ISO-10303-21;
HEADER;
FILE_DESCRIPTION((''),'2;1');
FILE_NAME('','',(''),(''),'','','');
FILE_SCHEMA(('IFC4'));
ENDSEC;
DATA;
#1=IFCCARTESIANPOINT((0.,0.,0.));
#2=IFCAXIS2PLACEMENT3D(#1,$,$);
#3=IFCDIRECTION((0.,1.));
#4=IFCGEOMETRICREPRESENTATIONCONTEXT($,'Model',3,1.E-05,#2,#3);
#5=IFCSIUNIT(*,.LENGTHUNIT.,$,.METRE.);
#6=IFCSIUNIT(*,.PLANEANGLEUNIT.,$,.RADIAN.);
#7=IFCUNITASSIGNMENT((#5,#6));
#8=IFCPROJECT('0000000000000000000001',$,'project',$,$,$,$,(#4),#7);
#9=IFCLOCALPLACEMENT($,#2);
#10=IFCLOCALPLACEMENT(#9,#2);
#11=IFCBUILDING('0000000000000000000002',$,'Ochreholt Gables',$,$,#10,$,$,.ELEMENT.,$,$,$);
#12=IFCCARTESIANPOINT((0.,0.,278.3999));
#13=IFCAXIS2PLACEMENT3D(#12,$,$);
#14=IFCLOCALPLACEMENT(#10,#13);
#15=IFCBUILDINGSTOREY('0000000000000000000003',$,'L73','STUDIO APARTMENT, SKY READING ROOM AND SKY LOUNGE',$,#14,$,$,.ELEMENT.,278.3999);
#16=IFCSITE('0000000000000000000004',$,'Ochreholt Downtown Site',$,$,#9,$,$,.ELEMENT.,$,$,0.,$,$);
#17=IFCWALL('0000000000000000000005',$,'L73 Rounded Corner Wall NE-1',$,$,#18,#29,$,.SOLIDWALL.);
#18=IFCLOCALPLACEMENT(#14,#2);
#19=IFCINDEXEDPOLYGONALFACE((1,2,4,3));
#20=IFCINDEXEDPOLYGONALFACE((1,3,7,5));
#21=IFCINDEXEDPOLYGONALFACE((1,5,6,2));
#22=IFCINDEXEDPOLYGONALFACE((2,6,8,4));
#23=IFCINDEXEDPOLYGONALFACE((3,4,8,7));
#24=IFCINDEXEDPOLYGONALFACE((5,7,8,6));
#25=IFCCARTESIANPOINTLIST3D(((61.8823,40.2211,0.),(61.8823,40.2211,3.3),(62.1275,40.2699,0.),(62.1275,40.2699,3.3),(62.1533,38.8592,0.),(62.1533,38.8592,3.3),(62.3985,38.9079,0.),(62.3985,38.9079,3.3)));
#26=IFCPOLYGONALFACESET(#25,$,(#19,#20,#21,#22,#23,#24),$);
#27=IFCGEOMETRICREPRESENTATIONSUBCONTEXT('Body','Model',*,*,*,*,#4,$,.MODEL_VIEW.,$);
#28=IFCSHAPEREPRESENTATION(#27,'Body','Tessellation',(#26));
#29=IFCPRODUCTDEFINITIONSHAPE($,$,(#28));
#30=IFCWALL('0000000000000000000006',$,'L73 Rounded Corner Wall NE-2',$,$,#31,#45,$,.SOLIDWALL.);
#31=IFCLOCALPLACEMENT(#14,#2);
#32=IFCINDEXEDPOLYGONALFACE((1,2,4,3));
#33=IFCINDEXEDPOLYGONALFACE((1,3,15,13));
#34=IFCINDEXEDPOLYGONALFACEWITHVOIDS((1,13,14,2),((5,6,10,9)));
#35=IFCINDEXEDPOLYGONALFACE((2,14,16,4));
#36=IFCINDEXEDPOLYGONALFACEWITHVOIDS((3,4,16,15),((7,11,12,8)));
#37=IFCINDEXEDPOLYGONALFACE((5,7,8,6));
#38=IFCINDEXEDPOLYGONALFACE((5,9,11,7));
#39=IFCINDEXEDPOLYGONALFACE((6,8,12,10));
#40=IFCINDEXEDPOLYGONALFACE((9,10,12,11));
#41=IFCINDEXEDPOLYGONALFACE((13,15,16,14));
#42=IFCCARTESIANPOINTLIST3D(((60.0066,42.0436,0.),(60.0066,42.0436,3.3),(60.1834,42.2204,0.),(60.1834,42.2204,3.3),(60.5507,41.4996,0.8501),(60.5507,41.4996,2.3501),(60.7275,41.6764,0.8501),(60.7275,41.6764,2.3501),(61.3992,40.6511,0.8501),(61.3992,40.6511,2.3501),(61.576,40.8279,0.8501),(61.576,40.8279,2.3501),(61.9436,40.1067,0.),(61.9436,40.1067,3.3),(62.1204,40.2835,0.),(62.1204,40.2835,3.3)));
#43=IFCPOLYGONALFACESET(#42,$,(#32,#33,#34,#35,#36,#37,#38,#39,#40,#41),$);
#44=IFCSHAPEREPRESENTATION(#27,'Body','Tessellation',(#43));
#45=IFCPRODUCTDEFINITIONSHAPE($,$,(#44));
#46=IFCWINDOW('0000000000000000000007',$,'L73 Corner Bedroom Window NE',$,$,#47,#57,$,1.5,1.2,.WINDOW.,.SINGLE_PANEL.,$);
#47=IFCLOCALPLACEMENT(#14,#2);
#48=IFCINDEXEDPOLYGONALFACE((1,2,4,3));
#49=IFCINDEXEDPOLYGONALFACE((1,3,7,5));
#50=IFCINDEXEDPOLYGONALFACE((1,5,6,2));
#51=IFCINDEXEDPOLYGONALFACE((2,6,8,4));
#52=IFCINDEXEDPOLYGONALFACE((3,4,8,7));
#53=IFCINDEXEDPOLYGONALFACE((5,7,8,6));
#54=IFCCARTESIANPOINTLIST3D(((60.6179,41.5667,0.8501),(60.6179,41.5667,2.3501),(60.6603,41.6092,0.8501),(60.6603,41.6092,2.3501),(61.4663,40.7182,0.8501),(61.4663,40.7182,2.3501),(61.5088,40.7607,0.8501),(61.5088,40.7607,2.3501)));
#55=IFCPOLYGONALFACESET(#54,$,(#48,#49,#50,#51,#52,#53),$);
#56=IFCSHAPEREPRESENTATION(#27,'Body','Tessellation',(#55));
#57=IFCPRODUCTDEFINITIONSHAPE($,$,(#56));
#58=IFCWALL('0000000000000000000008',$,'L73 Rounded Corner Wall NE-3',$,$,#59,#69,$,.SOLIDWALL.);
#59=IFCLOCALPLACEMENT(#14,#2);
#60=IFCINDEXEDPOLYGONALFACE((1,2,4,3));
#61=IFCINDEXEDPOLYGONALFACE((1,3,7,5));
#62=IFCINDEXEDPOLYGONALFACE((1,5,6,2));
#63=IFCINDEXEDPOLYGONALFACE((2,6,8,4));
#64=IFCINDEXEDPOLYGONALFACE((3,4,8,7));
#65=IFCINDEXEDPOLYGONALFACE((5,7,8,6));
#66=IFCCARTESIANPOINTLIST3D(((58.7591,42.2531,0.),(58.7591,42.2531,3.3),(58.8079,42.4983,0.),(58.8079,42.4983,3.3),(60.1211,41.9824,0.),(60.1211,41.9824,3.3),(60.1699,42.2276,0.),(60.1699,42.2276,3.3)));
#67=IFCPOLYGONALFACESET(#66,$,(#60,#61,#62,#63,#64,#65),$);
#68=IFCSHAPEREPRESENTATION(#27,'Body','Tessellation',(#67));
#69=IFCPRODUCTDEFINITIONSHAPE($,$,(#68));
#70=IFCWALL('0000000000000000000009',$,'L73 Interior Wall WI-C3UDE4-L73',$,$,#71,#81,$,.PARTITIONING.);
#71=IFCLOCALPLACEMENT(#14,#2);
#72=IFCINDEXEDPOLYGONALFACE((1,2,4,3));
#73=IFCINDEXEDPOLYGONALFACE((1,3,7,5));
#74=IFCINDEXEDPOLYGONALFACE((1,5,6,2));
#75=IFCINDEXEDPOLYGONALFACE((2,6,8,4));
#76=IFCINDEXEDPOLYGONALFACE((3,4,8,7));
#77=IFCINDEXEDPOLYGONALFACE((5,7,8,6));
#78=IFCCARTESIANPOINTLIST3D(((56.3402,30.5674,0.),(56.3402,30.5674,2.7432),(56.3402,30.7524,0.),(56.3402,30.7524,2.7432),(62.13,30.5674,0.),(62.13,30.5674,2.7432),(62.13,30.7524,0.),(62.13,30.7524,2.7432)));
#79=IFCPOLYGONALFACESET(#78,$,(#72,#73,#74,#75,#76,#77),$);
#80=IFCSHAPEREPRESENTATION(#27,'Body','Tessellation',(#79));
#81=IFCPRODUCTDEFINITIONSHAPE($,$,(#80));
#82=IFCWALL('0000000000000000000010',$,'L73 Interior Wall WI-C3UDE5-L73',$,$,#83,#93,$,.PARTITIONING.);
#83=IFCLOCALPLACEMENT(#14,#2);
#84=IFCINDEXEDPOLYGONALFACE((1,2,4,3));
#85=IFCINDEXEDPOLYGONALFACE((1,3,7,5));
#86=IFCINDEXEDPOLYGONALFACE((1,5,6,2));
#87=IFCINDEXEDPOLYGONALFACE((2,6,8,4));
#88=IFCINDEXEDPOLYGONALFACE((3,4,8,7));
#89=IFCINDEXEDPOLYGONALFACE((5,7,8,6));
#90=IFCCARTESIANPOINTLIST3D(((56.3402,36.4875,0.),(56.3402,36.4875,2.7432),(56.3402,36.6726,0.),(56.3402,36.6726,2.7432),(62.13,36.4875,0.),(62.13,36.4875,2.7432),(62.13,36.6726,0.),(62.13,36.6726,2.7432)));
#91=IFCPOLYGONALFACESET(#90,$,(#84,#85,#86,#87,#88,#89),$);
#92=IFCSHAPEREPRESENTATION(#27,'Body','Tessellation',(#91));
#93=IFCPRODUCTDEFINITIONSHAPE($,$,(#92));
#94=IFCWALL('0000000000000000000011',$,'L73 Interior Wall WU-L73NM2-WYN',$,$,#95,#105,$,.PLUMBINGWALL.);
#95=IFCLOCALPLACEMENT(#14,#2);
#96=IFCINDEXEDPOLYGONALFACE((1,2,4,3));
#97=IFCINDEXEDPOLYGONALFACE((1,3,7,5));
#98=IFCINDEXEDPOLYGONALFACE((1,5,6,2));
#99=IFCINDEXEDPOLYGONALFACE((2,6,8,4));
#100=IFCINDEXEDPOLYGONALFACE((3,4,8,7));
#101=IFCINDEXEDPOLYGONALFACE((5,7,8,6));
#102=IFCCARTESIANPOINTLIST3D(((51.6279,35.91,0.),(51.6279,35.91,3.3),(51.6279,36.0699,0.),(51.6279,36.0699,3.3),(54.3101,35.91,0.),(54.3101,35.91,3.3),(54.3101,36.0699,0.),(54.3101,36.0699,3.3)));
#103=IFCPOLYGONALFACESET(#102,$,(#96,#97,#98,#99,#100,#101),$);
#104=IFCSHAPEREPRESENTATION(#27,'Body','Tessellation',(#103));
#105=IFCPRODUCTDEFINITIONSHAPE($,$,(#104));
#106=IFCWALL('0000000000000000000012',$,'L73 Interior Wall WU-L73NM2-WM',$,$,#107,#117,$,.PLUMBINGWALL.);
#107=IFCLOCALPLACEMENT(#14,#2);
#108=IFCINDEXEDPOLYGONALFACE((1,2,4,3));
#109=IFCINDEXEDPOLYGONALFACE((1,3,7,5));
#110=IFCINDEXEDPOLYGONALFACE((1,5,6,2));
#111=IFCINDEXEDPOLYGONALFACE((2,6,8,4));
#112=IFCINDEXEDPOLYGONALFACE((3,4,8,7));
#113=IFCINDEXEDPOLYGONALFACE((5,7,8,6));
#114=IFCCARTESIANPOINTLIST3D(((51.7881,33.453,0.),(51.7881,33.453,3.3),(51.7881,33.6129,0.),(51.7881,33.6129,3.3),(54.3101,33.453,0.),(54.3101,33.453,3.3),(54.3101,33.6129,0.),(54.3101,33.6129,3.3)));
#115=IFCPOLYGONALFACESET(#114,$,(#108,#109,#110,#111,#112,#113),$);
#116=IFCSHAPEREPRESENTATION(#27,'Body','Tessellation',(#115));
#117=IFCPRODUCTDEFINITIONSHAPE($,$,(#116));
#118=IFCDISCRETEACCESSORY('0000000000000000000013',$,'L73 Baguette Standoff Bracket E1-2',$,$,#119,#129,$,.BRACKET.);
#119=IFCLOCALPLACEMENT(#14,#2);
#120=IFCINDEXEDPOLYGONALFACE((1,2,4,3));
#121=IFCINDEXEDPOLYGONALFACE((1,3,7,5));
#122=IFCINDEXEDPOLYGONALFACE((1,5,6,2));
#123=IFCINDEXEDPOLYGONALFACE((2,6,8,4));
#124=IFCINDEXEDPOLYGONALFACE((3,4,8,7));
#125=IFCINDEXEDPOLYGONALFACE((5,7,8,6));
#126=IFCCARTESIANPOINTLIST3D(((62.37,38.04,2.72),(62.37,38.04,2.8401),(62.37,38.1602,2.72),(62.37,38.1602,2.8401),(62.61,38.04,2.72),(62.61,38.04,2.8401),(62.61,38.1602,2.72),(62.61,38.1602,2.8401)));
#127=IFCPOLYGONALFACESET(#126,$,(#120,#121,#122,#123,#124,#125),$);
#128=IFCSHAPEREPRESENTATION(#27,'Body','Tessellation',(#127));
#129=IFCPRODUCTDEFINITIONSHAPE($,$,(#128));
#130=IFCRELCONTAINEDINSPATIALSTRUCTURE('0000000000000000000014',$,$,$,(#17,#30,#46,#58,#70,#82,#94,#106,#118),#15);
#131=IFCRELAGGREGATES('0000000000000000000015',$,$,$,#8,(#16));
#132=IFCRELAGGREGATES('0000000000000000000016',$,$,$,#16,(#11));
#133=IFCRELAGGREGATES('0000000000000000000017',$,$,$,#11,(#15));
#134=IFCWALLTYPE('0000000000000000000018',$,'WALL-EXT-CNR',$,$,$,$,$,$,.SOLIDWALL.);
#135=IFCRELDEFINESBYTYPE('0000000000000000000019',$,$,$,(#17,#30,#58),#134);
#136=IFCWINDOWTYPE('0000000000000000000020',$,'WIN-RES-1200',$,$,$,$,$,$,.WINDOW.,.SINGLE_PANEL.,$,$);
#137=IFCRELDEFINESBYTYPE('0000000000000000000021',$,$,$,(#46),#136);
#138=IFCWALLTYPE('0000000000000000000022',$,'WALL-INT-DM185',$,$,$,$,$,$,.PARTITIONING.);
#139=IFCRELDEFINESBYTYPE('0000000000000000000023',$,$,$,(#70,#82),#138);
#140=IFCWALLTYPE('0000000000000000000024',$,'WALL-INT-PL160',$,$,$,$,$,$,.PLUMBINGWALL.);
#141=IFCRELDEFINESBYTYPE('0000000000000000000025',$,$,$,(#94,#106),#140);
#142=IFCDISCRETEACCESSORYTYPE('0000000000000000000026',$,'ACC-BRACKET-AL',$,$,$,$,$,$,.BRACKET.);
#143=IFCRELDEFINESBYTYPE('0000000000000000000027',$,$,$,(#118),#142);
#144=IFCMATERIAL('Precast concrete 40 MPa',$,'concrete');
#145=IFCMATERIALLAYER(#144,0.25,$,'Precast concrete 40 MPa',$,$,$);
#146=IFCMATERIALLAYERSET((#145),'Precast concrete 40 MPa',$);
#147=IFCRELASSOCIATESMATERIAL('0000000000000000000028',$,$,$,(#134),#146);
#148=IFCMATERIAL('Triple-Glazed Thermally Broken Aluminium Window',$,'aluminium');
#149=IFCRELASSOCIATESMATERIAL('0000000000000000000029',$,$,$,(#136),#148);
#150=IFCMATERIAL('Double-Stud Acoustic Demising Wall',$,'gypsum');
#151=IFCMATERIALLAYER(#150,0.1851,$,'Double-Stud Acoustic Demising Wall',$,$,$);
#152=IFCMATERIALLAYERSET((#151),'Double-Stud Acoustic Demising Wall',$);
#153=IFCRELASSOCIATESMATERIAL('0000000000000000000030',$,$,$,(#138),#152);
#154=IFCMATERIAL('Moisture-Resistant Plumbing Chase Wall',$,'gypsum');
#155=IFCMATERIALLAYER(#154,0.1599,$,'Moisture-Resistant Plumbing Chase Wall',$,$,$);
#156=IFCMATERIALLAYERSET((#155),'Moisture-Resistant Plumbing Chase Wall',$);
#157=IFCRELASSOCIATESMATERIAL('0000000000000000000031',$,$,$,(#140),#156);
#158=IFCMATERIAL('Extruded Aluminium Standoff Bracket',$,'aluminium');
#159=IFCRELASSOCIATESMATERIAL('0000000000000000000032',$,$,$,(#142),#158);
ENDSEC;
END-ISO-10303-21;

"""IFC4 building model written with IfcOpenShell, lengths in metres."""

from ifc_helpers import new_model, si_unit, direction, frame, frame_2d, origin, origin_2d, place, context, subcontext, project, spatial, rectangle, extrude, material, layer, layer_set, type_object, element, fill, save


model = new_model("IFC4")

# Units and contexts
model_context = context("Model", 3, precision=1e-05, world=origin(), true_north=direction((0.0, 1.0)))
body_context = subcontext(model_context, "Body", "Model", "MODEL_VIEW")
ifc_project = project(units=[si_unit("LENGTHUNIT", "METRE"), si_unit("PLANEANGLEUNIT", "RADIAN")], contexts=[model_context])

# Site, building, storey
site_placement = place(None, origin())
site = spatial("IfcSite", under=ifc_project, at=site_placement, Name="Ochreholt Downtown Site", CompositionType="ELEMENT", RefElevation=0.0)
building_placement = place(site_placement, origin())
building = spatial("IfcBuilding", under=site, at=building_placement, Name="Ochreholt Gables", CompositionType="ELEMENT")
storey_placement = place(building_placement, frame((0.0, 0.0, 278.3999)))
storey = spatial("IfcBuildingStorey", under=building, at=storey_placement, Name="L73", Description="STUDIO APARTMENT, SKY READING ROOM AND SKY LOUNGE", CompositionType="ELEMENT", Elevation=278.3999)

# Shared definitions
ifc_material_1 = material(Name="Precast concrete 40 MPa", Category="concrete")
ifc_material_2 = material(Name="Triple-Glazed Thermally Broken Aluminium Window", Category="aluminium")

# Wall
ifc_layer_1 = layer(ifc_material_1, 0.25, Name="Precast concrete 40 MPa")
ifc_layer_set_1 = layer_set([ifc_layer_1], Name="Precast concrete 40 MPa")
wall_type_1 = type_object("IfcWallType", Name="WALL-EXT-CNR", PredefinedType="SOLIDWALL", material=ifc_layer_set_1)
wall_1_placement = place(storey_placement, frame((62.2759, 38.8835, 0.0), z_axis=(0.0, 0.0, 1.0), x_axis=(-0.195136, 0.980776, 0.0)))
element("IfcWall", 1, at=wall_1_placement, inside=storey, type_object=wall_type_1, Name="L73 Rounded Corner Wall NE-1", PredefinedType="SOLIDWALL", context=body_context, shape_type="SweptSolid", body=[
    extrude(rectangle(XDim=1.3887, YDim=0.25, at=frame_2d((0.6943, 0.0))), origin(), (0.0, 0.0, 1.0), 3.3),
])

# Wall, opening, window
wall_2_placement = place(storey_placement, frame((62.032, 40.1951, 0.0), z_axis=(0.0, 0.0, 1.0), x_axis=(-0.707107, 0.707107, 0.0)))
wall_2 = element("IfcWall", 2, at=wall_2_placement, inside=storey, type_object=wall_type_1, Name="L73 Rounded Corner Wall NE-2", PredefinedType="SOLIDWALL", context=body_context, shape_type="SweptSolid", body=[
    extrude(rectangle(XDim=2.7393, YDim=0.25, at=frame_2d((1.3696, 0.0))), origin(), (0.0, 0.0, 1.0), 3.3),
])
opening_1_placement = place(wall_2_placement, frame((0.7698, 0.0, 0.8501)))
opening_1 = element("IfcOpeningElement", 3, at=opening_1_placement, cuts=wall_2, PredefinedType="OPENING", context=body_context, shape_type="SweptSolid", body=[
    extrude(rectangle(XDim=1.2, YDim=1.5, at=frame_2d((0.6001, 0.75))), frame((0.0, 0.135, 0.0), z_axis=(0.0, -1.0, 0.0), x_axis=(1.0, 0.0, 0.0)), (0.0, 0.0, 1.0), 0.27),
])
window_type_1 = type_object("IfcWindowType", Name="WIN-RES-1200", PartitioningType="SINGLE_PANEL", PredefinedType="WINDOW", material=ifc_material_2)
window_1_placement = place(opening_1_placement, origin())
window_1 = element("IfcWindow", 4, at=window_1_placement, inside=storey, type_object=window_type_1, Name="L73 Corner Bedroom Window NE", OverallHeight=1.5, OverallWidth=1.2, PartitioningType="SINGLE_PANEL", PredefinedType="WINDOW", context=body_context, shape_type="SweptSolid", body=[
    extrude(rectangle(XDim=1.2, YDim=1.5, at=frame_2d((0.6001, 0.75))), frame((0.0, 0.03, 0.0), z_axis=(0.0, -1.0, 0.0), x_axis=(1.0, 0.0, 0.0)), (0.0, 0.0, 1.0), 0.0601),
])
fill(opening_1, window_1)

# Walls
wall_3_placement = place(storey_placement, frame((60.1455, 42.105, 0.0), z_axis=(0.0, 0.0, 1.0), x_axis=(-0.98081, 0.194967, 0.0)))
element("IfcWall", 5, at=wall_3_placement, inside=storey, type_object=wall_type_1, Name="L73 Rounded Corner Wall NE-3", PredefinedType="SOLIDWALL", context=body_context, shape_type="SweptSolid", body=[
    extrude(rectangle(XDim=1.3887, YDim=0.25, at=frame_2d((0.6943, 0.0))), origin(), (0.0, 0.0, 1.0), 3.3),
])
ifc_material_3 = material(Name="Double-Stud Acoustic Demising Wall", Category="gypsum")
ifc_layer_2 = layer(ifc_material_3, 0.1851, Name="Double-Stud Acoustic Demising Wall")
ifc_layer_set_2 = layer_set([ifc_layer_2], Name="Double-Stud Acoustic Demising Wall")
wall_type_2 = type_object("IfcWallType", Name="WALL-INT-DM185", PredefinedType="PARTITIONING", material=ifc_layer_set_2)
for number, where, z_axis, x_axis, name in (
    (6, (56.3401, 30.6599, 0.0), (0.0, 0.0, 1.0), (1.0, 0.0, 0.0), "L73 Interior Wall WI-C3UDE4-L73"),
    (7, (56.3401, 36.5801, 0.0), (0.0, 0.0, 1.0), (1.0, 0.0, 0.0), "L73 Interior Wall WI-C3UDE5-L73"),
):
    element("IfcWall", number, at=place(storey_placement, frame(where, z_axis=z_axis, x_axis=x_axis)), inside=storey, type_object=wall_type_2, Name=name, PredefinedType="PARTITIONING", context=body_context, shape_type="SweptSolid", body=[
        extrude(rectangle(XDim=5.7898, YDim=0.1851, at=frame_2d((2.895, 0.0))), origin(), (0.0, 0.0, 1.0), 2.7432),
    ])
ifc_material_4 = material(Name="Moisture-Resistant Plumbing Chase Wall", Category="gypsum")
ifc_layer_3 = layer(ifc_material_4, 0.1599, Name="Moisture-Resistant Plumbing Chase Wall")
ifc_layer_set_3 = layer_set([ifc_layer_3], Name="Moisture-Resistant Plumbing Chase Wall")
wall_type_3 = type_object("IfcWallType", Name="WALL-INT-PL160", PredefinedType="PLUMBINGWALL", material=ifc_layer_set_3)
wall_4_placement = place(storey_placement, frame((51.6279, 35.99, 0.0), z_axis=(0.0, 0.0, 1.0), x_axis=(1.0, 0.0, 0.0)))
element("IfcWall", 8, at=wall_4_placement, inside=storey, type_object=wall_type_3, Name="L73 Interior Wall WU-L73NM2-WYN", PredefinedType="PLUMBINGWALL", context=body_context, shape_type="SweptSolid", body=[
    extrude(rectangle(XDim=2.6821, YDim=0.1599, at=frame_2d((1.3411, 0.0))), origin(), (0.0, 0.0, 1.0), 3.3),
])

# Wall
wall_5_placement = place(storey_placement, frame((51.7881, 33.533, 0.0), z_axis=(0.0, 0.0, 1.0), x_axis=(1.0, 0.0, 0.0)))
element("IfcWall", 9, at=wall_5_placement, inside=storey, type_object=wall_type_3, Name="L73 Interior Wall WU-L73NM2-WM", PredefinedType="PLUMBINGWALL", context=body_context, shape_type="SweptSolid", body=[
    extrude(rectangle(XDim=2.522, YDim=0.1599, at=frame_2d((1.261, 0.0))), origin(), (0.0, 0.0, 1.0), 3.3),
])

# Discrete accessory
ifc_material_5 = material(Name="Extruded Aluminium Standoff Bracket", Category="aluminium")
discrete_accessory_type = type_object("IfcDiscreteAccessoryType", Name="ACC-BRACKET-AL", PredefinedType="BRACKET", material=ifc_material_5)
discrete_accessory_placement = place(storey_placement, frame((62.49, 38.1001, 2.72), z_axis=(0.0, 0.0, 1.0), x_axis=(0.0, 1.0, 0.0)))
element("IfcDiscreteAccessory", 10, at=discrete_accessory_placement, inside=storey, type_object=discrete_accessory_type, Name="L73 Baguette Standoff Bracket E1-2", PredefinedType="BRACKET", context=body_context, shape_type="SweptSolid", body=[
    extrude(rectangle(XDim=0.1201, YDim=0.24, at=origin_2d()), origin(), (0.0, 0.0, 1.0), 0.1201),
])

save(model, "model.ifc")
